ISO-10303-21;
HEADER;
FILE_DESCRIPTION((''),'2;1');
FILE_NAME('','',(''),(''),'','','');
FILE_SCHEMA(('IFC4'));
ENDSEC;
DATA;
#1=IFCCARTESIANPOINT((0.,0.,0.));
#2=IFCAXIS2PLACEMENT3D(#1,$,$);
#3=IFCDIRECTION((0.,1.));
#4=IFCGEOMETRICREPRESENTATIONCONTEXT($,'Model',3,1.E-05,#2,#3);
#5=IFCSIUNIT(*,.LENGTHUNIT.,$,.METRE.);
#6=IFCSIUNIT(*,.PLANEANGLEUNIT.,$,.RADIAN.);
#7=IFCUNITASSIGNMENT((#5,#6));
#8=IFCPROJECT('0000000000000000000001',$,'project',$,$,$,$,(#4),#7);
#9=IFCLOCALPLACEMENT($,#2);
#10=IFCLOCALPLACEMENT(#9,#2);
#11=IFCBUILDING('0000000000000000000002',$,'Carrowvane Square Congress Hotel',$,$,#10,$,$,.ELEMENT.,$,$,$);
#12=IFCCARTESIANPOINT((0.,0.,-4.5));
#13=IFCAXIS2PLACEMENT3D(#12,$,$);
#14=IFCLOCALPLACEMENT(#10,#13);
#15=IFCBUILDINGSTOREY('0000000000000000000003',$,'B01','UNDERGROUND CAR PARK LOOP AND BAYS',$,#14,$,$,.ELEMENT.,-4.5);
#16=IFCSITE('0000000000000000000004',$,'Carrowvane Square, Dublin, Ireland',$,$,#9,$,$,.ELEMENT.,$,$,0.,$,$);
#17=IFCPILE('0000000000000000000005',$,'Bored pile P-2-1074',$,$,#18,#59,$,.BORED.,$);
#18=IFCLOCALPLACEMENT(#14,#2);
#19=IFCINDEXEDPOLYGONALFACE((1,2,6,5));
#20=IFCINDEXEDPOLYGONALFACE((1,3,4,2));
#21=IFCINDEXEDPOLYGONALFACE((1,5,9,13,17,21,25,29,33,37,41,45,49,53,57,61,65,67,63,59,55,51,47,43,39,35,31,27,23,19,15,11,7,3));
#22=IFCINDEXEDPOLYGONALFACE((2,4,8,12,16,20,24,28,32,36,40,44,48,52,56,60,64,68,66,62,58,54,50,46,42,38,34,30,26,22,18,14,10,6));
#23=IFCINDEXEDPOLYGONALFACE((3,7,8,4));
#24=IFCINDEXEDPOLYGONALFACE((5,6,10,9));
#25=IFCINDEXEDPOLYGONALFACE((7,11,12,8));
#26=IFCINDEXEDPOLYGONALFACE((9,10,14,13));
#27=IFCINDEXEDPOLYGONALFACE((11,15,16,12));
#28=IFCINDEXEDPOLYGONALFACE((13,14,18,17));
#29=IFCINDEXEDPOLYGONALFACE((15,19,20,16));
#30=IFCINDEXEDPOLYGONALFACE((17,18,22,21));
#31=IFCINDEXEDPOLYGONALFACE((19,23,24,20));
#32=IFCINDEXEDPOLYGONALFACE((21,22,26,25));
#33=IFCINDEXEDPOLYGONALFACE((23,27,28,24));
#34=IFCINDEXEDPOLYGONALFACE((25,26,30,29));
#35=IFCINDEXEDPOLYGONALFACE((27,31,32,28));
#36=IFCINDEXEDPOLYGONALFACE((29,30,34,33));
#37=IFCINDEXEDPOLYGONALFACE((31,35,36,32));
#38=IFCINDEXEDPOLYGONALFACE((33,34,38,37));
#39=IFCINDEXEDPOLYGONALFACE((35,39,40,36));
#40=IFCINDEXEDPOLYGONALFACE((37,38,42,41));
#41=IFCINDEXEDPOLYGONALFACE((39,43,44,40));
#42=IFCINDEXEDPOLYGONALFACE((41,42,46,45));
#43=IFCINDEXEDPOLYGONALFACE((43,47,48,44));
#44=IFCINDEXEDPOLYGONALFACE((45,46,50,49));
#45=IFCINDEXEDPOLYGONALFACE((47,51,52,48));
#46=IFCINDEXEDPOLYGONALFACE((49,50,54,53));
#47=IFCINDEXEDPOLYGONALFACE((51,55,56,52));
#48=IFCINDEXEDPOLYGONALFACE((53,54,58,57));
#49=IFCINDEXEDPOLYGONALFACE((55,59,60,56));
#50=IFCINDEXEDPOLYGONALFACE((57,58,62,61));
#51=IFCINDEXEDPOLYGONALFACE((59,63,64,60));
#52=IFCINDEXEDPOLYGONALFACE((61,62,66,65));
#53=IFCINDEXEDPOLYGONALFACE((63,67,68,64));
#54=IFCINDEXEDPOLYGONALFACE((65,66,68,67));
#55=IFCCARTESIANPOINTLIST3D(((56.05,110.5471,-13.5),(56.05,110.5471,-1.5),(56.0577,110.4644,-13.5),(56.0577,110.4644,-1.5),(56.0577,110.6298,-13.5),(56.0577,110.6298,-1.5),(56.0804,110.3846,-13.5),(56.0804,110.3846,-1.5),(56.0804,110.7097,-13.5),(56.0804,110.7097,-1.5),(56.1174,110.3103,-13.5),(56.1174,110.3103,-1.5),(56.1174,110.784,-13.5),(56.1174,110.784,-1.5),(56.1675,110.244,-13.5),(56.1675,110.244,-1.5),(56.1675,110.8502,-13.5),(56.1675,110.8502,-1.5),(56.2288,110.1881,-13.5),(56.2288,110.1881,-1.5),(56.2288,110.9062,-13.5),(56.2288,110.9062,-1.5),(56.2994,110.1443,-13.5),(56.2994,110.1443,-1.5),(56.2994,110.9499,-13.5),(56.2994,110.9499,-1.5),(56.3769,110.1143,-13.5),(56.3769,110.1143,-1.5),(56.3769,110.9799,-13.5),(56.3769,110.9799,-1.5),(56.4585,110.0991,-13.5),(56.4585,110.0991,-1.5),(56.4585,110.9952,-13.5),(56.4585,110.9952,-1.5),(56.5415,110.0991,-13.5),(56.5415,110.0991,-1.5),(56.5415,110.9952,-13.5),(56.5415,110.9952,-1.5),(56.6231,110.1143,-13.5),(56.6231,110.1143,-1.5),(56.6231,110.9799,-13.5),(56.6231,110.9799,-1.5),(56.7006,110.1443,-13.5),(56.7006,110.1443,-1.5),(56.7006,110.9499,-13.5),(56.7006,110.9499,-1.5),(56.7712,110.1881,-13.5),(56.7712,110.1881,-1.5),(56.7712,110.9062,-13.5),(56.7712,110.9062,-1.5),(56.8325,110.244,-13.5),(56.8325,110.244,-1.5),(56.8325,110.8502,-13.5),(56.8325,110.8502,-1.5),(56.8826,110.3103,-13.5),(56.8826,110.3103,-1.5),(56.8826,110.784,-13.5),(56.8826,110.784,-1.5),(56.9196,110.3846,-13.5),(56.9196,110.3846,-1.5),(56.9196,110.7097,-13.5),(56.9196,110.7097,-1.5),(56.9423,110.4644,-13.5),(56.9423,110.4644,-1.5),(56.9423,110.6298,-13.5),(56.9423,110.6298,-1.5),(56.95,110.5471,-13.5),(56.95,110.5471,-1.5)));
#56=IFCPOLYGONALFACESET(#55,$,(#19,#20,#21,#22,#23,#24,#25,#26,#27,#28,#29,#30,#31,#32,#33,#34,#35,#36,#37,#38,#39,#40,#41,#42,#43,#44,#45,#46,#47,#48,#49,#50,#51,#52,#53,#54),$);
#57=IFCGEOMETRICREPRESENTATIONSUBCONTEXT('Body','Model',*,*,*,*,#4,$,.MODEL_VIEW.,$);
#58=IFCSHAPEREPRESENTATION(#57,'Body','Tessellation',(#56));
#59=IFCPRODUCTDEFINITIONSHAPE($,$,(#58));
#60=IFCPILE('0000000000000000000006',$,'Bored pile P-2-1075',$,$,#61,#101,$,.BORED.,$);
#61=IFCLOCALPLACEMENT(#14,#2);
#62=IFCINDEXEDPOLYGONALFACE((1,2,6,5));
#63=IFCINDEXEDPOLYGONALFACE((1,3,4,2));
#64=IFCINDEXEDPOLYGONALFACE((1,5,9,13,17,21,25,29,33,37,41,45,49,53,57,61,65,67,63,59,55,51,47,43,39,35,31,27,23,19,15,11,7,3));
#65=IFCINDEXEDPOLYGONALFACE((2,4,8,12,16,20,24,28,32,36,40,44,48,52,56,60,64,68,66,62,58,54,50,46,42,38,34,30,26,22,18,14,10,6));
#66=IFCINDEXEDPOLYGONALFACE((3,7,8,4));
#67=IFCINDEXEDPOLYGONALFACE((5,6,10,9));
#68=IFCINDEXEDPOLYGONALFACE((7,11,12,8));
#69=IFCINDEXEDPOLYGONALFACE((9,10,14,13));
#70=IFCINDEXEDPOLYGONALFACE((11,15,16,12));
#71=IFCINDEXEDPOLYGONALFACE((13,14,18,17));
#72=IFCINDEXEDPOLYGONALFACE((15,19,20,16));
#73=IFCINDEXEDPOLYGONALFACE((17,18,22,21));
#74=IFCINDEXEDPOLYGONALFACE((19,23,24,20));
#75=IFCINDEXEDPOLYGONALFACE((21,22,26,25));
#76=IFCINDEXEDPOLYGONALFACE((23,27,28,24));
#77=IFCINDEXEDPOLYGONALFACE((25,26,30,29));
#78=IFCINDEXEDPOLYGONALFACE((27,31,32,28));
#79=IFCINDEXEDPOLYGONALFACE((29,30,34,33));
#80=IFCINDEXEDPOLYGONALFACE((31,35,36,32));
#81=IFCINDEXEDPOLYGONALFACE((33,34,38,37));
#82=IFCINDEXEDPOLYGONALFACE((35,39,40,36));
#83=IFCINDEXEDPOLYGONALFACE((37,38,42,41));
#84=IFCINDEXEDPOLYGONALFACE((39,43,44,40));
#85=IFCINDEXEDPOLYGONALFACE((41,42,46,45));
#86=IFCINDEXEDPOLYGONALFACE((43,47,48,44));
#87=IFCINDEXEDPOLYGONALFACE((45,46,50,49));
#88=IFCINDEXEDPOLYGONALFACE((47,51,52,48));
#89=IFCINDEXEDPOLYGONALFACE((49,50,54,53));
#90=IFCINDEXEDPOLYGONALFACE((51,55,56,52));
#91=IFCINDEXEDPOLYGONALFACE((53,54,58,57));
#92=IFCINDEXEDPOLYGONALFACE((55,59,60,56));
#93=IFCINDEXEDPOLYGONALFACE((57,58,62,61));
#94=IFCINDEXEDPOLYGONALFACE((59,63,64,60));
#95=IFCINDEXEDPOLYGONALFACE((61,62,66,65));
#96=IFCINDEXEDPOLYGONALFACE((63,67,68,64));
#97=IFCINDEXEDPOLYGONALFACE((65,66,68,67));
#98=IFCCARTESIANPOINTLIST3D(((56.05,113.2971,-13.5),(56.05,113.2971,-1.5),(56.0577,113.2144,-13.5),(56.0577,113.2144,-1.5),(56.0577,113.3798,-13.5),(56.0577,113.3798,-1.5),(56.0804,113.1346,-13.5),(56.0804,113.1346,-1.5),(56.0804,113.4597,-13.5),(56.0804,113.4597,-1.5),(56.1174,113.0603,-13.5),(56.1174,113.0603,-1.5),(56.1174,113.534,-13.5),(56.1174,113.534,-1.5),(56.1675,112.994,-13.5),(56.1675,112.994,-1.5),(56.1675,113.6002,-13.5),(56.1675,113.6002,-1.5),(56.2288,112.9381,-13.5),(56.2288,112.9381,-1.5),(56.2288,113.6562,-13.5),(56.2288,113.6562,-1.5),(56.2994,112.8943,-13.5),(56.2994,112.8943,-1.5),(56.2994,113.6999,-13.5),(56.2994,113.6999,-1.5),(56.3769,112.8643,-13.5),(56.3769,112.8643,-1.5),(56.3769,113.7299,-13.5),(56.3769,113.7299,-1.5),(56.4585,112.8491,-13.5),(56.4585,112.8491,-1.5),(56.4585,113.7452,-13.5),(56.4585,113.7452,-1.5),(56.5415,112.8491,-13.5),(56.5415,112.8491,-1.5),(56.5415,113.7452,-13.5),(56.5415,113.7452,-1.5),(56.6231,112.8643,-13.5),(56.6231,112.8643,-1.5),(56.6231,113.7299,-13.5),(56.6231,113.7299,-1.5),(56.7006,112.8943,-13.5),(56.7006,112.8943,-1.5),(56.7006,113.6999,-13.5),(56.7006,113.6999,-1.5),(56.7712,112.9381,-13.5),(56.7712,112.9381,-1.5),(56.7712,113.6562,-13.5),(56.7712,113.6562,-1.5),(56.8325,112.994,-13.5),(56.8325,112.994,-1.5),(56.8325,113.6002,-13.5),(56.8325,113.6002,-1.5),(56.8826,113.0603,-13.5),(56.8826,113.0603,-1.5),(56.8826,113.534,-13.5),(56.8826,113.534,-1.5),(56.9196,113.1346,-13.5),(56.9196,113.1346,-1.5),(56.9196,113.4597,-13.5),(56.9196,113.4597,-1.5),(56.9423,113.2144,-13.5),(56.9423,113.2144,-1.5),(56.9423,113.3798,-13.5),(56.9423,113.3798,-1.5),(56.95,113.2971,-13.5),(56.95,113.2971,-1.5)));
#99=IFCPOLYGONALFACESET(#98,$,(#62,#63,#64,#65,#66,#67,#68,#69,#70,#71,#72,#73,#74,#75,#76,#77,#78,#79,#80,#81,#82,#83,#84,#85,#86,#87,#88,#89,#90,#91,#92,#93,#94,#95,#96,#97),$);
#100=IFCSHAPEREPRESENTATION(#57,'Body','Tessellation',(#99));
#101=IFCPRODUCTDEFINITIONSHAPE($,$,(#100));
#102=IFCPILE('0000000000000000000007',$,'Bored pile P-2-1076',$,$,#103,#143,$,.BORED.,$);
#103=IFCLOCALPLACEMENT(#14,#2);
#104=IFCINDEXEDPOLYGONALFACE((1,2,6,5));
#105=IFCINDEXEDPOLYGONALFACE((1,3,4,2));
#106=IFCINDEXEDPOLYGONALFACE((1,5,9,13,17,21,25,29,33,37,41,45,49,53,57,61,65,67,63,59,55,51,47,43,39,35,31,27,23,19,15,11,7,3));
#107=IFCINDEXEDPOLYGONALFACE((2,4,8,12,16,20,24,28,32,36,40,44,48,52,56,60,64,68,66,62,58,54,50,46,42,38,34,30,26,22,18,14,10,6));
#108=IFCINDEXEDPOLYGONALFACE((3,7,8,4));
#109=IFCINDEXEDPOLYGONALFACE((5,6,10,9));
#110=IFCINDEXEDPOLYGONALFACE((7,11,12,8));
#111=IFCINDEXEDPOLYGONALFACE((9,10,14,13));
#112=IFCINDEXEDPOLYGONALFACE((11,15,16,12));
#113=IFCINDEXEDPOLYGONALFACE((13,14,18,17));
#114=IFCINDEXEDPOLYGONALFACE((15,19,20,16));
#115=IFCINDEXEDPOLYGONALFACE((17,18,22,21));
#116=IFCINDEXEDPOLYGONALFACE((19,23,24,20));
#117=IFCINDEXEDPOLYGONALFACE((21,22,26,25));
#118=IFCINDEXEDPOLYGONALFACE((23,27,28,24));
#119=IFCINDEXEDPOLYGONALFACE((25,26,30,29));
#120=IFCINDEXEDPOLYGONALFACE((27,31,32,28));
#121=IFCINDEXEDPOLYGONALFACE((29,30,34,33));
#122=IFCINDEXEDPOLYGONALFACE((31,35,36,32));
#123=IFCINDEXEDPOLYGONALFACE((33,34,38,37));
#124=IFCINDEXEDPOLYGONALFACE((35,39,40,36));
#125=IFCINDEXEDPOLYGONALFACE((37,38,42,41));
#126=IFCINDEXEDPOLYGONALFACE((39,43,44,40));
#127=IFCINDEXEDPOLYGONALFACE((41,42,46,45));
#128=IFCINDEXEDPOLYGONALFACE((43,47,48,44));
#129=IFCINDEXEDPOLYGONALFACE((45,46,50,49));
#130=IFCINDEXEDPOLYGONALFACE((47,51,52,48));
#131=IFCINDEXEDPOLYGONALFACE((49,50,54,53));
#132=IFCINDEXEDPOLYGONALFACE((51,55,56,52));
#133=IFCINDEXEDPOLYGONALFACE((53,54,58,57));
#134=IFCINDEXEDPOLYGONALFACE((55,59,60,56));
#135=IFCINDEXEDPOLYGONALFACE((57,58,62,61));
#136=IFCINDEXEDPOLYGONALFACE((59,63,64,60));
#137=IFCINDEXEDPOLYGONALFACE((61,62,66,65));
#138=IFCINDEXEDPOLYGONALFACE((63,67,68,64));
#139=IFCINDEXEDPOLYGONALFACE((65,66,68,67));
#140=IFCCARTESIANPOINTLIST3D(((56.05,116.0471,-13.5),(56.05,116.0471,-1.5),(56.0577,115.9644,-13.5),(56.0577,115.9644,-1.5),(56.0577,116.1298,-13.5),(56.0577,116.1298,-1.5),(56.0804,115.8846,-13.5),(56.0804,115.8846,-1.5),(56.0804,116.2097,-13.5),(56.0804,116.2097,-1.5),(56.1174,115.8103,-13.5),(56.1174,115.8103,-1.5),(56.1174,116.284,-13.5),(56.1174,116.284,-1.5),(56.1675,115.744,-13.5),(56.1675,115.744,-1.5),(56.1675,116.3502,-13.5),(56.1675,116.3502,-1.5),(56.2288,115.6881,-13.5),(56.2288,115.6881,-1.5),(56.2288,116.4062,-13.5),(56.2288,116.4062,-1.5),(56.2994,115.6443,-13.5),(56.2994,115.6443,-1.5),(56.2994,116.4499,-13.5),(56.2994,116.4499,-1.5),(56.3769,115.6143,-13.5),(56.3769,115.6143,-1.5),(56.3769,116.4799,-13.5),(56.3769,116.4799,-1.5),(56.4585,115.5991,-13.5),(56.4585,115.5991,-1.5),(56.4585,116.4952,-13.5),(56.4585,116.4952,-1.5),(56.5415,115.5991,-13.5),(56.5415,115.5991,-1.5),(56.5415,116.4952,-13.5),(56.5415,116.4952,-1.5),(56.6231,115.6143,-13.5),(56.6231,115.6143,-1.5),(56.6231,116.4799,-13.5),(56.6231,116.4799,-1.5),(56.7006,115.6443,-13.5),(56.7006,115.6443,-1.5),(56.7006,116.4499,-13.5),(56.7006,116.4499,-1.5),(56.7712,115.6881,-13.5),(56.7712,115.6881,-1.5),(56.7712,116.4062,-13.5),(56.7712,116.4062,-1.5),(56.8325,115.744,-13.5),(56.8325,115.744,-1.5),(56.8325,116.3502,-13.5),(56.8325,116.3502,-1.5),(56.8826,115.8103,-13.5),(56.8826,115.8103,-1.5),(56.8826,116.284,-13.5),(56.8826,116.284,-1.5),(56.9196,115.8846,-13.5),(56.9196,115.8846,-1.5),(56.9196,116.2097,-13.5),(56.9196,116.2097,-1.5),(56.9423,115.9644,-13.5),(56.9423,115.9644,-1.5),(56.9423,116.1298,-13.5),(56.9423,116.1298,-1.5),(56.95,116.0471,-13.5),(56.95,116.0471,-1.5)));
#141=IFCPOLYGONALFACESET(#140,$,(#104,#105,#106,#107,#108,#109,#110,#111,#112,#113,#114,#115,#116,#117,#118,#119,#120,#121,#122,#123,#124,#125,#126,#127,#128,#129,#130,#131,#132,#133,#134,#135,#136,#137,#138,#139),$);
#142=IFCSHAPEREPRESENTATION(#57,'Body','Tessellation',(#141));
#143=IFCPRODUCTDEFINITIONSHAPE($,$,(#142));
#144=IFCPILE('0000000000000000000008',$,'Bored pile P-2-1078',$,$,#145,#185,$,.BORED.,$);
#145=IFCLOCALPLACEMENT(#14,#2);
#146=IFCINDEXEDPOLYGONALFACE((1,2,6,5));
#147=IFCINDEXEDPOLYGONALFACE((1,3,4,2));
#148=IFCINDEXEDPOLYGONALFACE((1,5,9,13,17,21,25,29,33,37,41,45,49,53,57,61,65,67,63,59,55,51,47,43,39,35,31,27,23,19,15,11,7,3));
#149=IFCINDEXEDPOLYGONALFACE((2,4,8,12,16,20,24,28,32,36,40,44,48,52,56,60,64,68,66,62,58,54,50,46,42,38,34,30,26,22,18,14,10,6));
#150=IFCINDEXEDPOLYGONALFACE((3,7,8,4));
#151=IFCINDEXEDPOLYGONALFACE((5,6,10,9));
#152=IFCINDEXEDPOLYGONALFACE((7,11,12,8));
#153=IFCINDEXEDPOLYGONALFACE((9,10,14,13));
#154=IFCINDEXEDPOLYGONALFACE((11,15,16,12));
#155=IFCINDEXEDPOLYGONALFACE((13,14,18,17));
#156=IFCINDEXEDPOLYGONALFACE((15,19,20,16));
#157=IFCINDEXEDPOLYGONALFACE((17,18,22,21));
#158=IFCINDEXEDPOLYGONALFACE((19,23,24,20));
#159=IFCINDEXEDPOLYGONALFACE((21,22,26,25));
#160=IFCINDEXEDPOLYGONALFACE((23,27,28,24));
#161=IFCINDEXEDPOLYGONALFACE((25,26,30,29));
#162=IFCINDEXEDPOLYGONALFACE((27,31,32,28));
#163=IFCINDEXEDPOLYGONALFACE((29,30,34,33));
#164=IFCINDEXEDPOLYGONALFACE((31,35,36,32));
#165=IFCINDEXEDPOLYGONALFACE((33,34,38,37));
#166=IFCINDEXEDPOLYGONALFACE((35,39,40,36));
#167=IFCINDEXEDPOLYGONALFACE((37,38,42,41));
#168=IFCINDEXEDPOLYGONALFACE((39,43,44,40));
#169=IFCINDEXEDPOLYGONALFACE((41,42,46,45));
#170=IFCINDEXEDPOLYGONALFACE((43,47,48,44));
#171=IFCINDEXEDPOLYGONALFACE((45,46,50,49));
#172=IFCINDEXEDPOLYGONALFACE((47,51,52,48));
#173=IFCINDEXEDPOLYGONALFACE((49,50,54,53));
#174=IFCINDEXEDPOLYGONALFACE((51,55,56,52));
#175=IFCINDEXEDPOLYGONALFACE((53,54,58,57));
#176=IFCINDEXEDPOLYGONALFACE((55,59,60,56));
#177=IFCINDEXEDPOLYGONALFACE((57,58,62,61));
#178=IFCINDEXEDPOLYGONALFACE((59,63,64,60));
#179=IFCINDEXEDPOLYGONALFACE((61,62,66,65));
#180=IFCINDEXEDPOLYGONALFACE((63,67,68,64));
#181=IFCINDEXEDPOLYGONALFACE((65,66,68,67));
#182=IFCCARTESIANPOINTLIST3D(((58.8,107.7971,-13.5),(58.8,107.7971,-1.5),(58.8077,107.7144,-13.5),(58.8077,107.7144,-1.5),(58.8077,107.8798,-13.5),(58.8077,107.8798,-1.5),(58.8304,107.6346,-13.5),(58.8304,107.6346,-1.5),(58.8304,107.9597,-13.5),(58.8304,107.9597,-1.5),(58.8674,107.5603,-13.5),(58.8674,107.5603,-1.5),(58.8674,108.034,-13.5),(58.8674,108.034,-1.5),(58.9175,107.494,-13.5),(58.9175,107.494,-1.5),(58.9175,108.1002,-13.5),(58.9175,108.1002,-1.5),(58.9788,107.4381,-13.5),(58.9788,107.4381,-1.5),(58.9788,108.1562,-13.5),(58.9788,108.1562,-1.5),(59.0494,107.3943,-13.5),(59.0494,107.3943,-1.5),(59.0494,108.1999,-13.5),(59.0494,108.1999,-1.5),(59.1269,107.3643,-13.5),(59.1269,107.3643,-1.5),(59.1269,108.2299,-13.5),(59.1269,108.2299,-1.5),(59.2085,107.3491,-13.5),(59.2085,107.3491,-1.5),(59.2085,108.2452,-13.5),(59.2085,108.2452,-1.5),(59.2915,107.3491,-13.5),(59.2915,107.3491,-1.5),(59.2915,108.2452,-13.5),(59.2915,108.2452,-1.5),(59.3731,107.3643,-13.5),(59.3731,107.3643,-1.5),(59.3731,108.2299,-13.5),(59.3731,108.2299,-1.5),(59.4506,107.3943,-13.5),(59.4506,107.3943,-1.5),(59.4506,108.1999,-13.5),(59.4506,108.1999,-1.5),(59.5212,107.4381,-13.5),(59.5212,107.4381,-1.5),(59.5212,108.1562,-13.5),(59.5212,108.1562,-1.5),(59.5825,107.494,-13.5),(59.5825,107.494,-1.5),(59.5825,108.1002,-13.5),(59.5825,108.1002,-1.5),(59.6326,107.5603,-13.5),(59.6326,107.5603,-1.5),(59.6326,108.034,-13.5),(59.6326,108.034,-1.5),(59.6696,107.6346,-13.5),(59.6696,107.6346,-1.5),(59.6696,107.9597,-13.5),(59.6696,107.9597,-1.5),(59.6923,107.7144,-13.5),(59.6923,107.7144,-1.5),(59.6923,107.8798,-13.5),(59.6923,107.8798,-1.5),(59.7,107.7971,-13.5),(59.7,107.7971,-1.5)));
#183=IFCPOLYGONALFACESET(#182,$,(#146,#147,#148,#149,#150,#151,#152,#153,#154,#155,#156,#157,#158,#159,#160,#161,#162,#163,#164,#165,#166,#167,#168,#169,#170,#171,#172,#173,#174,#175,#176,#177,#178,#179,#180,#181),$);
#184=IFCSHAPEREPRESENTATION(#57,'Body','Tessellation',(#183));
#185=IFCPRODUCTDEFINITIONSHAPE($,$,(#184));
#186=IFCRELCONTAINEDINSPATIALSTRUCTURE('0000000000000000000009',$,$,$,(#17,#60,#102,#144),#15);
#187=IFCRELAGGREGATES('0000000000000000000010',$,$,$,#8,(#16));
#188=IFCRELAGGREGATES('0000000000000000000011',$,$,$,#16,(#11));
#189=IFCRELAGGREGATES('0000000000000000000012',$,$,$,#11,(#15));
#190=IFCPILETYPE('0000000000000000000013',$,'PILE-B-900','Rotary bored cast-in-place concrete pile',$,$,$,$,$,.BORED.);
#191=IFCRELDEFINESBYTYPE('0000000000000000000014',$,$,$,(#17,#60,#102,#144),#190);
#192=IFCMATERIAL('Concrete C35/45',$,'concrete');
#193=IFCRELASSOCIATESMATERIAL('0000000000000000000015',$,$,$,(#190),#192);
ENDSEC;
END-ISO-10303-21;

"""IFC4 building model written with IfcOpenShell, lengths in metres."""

from ifc_helpers import new_model, si_unit, direction, frame, origin, origin_2d, place, context, subcontext, project, spatial, circle, extrude, material, material_profile, profile_set, type_object, element, save


model = new_model("IFC4")

# Units and contexts
model_context = context("Model", 3, precision=1e-05, world=origin(), true_north=direction((0.0, 1.0)))
body_context = subcontext(model_context, "Body", "Model", "MODEL_VIEW")
ifc_project = project(units=[si_unit("LENGTHUNIT", "METRE"), si_unit("PLANEANGLEUNIT", "RADIAN")], contexts=[model_context])

# Site, building, storey
site_placement = place(None, origin())
site = spatial("IfcSite", under=ifc_project, at=site_placement, Name="Carrowvane Square, Dublin, Ireland", CompositionType="ELEMENT", RefElevation=0.0)
building_placement = place(site_placement, origin())
building = spatial("IfcBuilding", under=site, at=building_placement, Name="Carrowvane Square Congress Hotel", CompositionType="ELEMENT")
storey_placement = place(building_placement, frame((0.0, 0.0, -4.5)))
storey = spatial("IfcBuildingStorey", under=building, at=storey_placement, Name="B01", Description="UNDERGROUND CAR PARK LOOP AND BAYS", CompositionType="ELEMENT", Elevation=-4.5)

# Piles
ifc_material_1 = material(Name="Concrete C35/45", Category="concrete")
ifc_material_profile_1 = material_profile(ifc_material_1, circle(Radius=0.45, at=origin_2d()), Name="PILE D900")
ifc_profile_set_1 = profile_set([ifc_material_profile_1], Name="Concrete C35/45")
pile_type = type_object("IfcPileType", Name="PILE-B-900", Description="Rotary bored cast-in-place concrete pile", PredefinedType="BORED", material=ifc_profile_set_1)
for number, where, z_axis, x_axis, name in (
    (1, (56.5, 110.5471, -1.5), (0.0, 0.0, -1.0), (1.0, 0.0, 0.0), "Bored pile P-2-1074"),
    (2, (56.5, 113.2971, -1.5), (0.0, 0.0, -1.0), (1.0, 0.0, 0.0), "Bored pile P-2-1075"),
    (3, (56.5, 116.0471, -1.5), (0.0, 0.0, -1.0), (1.0, 0.0, 0.0), "Bored pile P-2-1076"),
    (4, (59.25, 107.7971, -1.5), (0.0, 0.0, -1.0), (1.0, 0.0, 0.0), "Bored pile P-2-1078"),
):
    element("IfcPile", number, at=place(storey_placement, frame(where, z_axis=z_axis, x_axis=x_axis)), inside=storey, type_object=pile_type, Name=name, PredefinedType="BORED", context=body_context, shape_type="SweptSolid", body=[
        extrude(circle(Radius=0.45, at=origin_2d()), origin(), (0.0, 0.0, 1.0), 12.0),
    ])

save(model, "model.ifc")
